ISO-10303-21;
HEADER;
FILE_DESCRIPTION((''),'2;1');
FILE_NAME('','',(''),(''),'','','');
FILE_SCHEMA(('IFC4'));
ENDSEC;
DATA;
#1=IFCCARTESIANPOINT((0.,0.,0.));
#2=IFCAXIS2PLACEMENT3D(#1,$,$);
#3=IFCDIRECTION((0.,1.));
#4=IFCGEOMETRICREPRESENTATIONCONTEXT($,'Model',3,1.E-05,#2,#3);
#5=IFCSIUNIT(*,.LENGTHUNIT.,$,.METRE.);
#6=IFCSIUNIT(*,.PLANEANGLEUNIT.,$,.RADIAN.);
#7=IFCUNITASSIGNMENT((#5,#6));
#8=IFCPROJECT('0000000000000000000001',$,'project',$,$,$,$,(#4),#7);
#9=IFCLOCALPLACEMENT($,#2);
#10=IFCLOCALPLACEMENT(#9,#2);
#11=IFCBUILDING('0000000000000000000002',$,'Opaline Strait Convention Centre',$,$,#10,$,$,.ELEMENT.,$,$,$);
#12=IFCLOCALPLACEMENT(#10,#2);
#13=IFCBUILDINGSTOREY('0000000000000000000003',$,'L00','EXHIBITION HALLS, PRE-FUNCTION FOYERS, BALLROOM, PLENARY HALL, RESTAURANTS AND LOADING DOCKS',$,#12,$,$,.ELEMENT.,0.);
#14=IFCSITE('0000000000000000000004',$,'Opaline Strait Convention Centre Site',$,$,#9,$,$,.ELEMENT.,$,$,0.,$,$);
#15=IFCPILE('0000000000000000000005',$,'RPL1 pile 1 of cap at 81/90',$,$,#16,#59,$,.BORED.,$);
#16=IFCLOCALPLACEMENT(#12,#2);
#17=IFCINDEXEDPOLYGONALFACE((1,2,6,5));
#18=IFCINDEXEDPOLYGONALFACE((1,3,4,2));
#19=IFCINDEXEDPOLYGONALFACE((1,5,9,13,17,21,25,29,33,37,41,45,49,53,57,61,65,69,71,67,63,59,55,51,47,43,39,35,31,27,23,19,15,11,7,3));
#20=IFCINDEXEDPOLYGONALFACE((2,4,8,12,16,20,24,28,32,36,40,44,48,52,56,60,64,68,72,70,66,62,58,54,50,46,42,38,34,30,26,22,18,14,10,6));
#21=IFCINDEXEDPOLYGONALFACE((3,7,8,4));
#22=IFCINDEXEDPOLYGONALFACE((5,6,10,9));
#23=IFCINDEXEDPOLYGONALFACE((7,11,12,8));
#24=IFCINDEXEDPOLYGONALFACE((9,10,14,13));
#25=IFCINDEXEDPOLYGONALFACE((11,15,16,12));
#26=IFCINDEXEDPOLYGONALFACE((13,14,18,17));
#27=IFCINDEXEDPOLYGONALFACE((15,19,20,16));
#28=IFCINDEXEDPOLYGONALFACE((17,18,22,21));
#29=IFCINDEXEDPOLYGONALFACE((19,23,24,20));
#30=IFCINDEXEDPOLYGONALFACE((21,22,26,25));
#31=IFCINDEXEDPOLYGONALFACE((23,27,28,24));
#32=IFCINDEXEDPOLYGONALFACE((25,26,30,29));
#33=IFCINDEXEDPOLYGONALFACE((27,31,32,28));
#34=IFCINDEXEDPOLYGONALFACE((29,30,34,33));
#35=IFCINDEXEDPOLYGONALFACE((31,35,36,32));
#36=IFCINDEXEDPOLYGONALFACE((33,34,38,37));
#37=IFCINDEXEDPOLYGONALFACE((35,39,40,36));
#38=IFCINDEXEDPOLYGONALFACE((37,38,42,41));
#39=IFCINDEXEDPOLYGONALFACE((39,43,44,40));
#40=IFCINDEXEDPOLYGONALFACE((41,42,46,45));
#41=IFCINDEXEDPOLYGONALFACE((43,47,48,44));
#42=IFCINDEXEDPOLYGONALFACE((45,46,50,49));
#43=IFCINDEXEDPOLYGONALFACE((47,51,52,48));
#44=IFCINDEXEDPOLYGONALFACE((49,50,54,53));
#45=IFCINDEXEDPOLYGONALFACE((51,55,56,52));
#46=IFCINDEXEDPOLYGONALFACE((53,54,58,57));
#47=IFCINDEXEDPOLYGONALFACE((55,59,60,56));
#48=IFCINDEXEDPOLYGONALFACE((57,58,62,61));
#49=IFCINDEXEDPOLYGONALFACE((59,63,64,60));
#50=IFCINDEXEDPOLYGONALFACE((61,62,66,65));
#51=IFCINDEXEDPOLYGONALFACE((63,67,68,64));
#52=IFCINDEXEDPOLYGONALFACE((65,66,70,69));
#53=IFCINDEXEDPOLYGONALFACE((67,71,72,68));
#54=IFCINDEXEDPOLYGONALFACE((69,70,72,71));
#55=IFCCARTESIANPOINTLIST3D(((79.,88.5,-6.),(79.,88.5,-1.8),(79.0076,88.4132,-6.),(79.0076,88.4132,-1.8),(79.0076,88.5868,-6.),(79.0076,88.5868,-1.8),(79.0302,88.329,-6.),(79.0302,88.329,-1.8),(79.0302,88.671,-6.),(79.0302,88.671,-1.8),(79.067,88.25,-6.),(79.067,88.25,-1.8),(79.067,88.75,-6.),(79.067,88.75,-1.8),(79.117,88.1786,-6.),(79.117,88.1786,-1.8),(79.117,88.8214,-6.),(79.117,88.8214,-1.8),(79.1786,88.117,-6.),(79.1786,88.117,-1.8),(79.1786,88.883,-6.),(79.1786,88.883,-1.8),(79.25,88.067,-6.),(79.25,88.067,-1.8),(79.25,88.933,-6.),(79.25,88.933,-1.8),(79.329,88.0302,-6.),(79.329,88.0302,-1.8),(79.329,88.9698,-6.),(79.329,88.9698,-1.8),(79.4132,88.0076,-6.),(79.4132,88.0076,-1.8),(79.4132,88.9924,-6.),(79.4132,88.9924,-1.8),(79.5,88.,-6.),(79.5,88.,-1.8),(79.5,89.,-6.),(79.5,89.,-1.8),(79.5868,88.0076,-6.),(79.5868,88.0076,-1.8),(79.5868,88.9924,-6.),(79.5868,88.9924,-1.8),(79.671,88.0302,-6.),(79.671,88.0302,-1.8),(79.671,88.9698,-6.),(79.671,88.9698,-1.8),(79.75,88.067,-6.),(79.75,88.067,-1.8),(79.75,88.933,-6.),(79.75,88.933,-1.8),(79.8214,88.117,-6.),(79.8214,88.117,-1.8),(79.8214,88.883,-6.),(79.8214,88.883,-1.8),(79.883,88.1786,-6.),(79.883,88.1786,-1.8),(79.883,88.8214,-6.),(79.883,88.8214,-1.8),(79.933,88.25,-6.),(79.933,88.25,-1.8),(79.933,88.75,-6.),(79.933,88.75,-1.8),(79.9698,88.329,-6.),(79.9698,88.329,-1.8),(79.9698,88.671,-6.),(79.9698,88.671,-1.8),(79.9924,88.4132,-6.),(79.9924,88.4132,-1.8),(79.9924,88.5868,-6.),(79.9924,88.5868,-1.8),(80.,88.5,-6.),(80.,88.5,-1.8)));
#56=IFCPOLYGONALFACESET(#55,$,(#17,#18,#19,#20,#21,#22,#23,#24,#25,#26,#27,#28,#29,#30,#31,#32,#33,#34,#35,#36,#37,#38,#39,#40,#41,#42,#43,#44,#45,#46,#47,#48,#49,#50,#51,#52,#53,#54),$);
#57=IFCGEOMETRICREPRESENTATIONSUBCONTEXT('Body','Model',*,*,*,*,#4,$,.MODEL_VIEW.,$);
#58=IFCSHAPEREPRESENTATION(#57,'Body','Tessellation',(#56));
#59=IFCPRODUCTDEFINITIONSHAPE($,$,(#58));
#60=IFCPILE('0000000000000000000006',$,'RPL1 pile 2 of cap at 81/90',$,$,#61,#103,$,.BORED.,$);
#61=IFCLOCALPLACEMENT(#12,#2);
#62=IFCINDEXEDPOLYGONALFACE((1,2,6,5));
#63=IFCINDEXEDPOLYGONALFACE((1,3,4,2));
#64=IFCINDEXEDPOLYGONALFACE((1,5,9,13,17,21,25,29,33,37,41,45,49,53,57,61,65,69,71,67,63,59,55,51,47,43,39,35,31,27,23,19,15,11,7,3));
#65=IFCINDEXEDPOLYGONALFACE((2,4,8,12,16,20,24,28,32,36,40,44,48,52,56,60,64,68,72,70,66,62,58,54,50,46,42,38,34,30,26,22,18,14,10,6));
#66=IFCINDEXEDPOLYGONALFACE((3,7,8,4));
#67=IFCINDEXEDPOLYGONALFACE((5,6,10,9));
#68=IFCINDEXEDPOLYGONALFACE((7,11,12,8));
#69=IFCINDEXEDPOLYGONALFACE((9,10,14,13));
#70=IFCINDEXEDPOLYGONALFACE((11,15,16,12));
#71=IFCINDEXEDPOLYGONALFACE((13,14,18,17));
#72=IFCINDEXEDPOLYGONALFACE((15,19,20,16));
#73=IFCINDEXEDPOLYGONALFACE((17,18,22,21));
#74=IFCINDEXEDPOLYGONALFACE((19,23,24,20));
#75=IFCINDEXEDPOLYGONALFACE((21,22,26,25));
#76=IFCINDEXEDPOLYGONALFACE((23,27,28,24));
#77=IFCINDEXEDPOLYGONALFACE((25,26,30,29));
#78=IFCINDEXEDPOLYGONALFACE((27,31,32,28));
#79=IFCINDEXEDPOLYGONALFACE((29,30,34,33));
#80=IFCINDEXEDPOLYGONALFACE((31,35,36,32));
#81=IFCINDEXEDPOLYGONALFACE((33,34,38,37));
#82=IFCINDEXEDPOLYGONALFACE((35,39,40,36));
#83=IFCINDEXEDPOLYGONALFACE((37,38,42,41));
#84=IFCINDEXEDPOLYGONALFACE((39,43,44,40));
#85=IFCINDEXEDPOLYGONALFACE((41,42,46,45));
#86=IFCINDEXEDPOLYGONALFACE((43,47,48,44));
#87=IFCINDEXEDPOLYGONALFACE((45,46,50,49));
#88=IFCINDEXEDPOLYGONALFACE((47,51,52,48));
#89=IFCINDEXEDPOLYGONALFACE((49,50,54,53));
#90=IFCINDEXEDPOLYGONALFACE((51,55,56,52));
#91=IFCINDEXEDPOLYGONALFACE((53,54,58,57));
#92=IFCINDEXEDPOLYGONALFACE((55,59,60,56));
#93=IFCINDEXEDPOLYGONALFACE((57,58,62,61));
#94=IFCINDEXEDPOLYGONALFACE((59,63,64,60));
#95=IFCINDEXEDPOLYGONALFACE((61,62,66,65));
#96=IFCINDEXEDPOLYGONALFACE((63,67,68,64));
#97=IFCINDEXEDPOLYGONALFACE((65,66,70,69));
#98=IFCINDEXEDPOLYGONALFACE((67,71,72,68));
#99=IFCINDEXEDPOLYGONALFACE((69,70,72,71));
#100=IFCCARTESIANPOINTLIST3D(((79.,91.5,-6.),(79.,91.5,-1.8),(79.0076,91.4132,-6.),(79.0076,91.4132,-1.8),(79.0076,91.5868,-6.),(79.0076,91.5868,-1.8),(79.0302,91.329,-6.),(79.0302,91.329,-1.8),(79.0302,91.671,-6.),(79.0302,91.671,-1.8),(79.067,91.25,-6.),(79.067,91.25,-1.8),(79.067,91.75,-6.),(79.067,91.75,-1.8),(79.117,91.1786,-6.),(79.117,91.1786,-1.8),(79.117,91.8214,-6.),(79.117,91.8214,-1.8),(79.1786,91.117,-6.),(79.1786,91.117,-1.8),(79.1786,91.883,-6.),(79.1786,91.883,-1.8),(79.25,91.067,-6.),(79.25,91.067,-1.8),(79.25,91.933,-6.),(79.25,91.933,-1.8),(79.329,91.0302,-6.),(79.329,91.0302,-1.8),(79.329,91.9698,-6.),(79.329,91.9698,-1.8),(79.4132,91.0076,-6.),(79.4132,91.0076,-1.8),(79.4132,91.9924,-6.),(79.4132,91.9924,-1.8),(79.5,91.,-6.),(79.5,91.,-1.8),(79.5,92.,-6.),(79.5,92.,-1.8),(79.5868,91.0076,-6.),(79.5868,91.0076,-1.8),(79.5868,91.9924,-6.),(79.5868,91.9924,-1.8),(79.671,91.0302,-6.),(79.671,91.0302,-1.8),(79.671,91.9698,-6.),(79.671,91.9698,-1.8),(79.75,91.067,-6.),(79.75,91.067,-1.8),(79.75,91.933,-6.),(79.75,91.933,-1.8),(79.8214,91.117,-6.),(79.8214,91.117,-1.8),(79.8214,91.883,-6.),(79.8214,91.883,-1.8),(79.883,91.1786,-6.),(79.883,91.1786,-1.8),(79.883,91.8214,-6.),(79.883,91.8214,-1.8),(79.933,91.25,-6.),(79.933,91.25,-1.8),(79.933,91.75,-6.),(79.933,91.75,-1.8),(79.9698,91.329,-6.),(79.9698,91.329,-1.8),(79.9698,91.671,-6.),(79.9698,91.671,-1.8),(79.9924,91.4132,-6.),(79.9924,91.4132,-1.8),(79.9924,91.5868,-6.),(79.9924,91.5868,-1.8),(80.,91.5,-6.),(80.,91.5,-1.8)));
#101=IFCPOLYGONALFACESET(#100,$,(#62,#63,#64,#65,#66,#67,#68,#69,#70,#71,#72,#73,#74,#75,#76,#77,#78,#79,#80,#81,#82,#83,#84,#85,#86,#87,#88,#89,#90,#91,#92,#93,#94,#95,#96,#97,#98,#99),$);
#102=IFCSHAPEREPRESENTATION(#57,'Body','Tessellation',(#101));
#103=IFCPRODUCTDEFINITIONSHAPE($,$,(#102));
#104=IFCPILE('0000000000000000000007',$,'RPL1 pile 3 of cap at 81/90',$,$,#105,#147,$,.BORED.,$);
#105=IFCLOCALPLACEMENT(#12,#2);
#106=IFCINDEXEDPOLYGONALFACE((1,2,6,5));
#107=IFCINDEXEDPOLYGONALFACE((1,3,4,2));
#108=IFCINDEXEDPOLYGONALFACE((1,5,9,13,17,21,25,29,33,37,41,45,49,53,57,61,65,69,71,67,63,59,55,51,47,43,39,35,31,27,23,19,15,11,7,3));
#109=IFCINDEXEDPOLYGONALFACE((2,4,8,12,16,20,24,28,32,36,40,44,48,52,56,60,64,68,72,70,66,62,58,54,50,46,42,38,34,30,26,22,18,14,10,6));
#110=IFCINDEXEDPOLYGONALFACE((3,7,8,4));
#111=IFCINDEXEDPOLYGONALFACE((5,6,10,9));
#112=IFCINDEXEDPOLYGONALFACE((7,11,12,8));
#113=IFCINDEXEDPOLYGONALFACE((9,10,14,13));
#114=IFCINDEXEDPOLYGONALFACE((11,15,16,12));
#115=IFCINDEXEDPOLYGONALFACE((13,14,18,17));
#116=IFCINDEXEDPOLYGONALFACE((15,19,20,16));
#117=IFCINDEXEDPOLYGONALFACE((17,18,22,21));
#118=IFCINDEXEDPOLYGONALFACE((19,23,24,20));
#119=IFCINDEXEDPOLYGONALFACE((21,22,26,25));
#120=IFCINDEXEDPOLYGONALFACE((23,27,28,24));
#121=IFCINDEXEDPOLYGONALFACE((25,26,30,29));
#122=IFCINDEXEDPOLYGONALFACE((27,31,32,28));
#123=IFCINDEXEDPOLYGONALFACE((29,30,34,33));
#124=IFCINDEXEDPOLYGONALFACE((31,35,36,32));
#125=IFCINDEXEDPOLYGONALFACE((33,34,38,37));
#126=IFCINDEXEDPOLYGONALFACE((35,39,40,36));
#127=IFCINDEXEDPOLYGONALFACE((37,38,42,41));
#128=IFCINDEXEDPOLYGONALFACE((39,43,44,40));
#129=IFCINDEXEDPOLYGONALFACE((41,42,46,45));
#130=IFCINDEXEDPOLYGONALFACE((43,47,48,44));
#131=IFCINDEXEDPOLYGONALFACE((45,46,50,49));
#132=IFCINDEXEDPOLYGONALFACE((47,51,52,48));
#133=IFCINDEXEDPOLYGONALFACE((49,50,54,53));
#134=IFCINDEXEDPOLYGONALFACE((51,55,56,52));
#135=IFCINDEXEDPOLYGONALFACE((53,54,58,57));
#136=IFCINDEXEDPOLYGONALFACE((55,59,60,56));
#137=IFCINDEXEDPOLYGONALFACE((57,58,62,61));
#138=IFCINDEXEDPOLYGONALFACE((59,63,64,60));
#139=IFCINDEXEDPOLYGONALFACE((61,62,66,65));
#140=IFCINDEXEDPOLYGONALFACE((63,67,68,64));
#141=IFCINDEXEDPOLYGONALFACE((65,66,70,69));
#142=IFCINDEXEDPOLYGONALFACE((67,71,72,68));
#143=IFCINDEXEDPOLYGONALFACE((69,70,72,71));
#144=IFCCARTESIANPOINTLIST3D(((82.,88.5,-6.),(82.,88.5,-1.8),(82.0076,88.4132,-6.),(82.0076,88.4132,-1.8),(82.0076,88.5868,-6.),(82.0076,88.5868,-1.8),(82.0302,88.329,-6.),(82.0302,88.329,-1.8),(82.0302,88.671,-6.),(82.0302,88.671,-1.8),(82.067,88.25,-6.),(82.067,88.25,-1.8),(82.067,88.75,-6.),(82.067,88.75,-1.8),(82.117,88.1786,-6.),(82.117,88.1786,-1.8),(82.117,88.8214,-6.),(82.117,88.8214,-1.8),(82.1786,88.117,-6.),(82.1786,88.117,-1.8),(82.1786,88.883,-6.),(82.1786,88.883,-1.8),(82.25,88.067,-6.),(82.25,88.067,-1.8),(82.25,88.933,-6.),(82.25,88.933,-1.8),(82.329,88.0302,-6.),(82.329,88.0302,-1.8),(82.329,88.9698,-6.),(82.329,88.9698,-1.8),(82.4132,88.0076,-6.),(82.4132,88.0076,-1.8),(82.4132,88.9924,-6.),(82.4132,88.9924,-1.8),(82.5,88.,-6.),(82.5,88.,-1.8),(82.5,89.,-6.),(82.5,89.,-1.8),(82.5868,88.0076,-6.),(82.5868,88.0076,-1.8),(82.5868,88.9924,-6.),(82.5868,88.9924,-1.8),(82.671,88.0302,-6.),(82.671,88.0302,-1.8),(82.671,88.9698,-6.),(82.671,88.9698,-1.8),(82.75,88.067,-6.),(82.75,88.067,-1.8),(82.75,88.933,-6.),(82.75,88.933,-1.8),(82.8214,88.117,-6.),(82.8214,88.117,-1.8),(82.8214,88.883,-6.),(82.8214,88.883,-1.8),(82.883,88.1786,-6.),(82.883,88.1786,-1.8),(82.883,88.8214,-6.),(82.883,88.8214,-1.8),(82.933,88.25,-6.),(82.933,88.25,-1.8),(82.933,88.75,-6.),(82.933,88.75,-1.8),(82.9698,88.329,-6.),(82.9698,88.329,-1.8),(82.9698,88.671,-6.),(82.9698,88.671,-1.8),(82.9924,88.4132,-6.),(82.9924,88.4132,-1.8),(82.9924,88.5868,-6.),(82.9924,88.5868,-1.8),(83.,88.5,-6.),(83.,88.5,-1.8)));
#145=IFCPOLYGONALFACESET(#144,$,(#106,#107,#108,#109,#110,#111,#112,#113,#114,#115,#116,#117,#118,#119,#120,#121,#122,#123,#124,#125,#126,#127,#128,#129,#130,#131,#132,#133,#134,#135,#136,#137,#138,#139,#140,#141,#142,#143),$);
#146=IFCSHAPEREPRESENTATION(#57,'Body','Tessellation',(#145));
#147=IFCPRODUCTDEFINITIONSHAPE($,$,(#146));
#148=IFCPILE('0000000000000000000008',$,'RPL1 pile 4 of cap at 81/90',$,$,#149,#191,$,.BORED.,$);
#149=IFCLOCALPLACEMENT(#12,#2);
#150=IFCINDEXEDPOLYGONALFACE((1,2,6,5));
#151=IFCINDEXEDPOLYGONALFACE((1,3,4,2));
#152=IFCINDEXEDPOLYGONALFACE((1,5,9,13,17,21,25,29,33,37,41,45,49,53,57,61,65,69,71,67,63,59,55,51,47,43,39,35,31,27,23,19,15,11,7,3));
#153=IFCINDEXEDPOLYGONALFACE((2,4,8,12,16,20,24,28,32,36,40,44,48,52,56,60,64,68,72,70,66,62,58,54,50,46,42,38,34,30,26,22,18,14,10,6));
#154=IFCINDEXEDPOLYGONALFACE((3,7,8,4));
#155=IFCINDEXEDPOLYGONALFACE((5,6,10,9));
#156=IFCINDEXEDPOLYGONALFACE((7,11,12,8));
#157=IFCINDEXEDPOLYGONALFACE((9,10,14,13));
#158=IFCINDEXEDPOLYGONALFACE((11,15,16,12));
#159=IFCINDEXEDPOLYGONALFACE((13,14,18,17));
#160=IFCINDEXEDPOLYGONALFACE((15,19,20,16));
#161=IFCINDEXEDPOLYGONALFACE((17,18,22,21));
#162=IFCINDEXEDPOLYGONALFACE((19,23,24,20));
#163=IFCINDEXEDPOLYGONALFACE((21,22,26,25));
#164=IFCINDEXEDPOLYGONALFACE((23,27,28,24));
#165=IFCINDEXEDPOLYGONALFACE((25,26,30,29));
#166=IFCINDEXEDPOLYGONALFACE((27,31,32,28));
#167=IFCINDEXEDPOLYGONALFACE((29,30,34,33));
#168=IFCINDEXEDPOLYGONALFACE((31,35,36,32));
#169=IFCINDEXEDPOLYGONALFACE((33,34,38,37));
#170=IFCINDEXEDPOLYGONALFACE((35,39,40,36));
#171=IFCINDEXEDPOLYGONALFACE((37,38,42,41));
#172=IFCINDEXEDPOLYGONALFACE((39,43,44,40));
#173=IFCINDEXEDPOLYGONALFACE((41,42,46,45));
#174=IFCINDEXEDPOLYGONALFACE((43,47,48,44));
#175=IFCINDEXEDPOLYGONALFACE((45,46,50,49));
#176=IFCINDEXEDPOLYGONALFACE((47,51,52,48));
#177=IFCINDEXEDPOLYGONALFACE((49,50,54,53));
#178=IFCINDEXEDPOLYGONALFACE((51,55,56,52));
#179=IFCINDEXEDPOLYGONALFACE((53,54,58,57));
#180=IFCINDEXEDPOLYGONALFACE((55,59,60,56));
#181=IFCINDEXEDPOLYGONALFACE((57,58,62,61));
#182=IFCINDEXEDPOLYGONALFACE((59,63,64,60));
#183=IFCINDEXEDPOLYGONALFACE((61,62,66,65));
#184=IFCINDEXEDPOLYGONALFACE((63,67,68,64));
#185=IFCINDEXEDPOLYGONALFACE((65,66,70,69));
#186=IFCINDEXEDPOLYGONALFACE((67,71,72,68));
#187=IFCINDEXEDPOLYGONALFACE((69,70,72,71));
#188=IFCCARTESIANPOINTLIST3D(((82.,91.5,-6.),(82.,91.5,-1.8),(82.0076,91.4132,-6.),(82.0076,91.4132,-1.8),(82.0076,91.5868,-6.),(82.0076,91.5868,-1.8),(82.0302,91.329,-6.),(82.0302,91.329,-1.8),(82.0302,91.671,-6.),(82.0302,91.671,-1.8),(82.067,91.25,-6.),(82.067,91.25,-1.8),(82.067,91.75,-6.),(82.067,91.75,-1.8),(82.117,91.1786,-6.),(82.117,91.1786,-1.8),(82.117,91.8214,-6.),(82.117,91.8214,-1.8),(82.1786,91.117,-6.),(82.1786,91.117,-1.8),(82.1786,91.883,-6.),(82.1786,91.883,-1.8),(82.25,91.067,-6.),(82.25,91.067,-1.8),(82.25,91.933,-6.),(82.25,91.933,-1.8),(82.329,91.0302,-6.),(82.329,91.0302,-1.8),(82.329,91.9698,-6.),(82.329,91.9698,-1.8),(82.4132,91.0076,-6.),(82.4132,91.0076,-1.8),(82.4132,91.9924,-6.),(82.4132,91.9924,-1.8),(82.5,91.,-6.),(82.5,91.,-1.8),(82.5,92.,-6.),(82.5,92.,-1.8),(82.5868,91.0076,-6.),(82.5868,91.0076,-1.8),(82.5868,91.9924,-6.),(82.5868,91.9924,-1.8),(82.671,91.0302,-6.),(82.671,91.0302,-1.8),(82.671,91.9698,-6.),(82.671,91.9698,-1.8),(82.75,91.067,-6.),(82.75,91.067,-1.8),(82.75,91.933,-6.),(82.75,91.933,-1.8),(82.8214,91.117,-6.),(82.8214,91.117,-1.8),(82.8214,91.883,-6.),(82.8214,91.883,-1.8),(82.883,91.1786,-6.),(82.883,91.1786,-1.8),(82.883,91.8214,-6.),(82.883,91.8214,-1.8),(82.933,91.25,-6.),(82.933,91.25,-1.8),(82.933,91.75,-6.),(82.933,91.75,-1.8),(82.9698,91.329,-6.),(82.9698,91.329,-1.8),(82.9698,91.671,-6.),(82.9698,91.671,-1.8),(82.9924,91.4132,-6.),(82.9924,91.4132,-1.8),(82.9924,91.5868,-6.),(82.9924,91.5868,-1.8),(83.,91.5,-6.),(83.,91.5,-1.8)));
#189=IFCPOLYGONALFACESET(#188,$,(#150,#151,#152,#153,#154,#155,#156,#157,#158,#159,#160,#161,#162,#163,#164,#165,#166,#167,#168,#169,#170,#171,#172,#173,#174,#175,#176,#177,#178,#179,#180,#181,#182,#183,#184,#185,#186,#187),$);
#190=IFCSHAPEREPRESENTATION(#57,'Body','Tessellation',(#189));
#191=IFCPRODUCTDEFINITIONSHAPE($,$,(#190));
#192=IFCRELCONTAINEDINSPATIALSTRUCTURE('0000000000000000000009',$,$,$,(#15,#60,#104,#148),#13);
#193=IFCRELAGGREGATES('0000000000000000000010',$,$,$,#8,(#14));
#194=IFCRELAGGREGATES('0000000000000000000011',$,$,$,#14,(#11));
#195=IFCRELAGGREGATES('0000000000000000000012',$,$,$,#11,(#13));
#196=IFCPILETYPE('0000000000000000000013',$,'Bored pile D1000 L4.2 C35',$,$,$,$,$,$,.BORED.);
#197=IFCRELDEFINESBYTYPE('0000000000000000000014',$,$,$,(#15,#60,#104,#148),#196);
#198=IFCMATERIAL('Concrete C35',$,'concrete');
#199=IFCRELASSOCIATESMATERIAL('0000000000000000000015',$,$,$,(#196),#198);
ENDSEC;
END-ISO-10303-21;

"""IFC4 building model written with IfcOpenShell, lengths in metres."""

from ifc_helpers import new_model, si_unit, direction, frame, origin, origin_2d, place, context, subcontext, project, spatial, circle, extrude, material, material_profile, profile_set, type_object, element, save


model = new_model("IFC4")

# Units and contexts
model_context = context("Model", 3, precision=1e-05, world=origin(), true_north=direction((0.0, 1.0)))
body_context = subcontext(model_context, "Body", "Model", "MODEL_VIEW")
ifc_project = project(units=[si_unit("LENGTHUNIT", "METRE"), si_unit("PLANEANGLEUNIT", "RADIAN")], contexts=[model_context])

# Site, building, storey
site_placement = place(None, origin())
site = spatial("IfcSite", under=ifc_project, at=site_placement, Name="Opaline Strait Convention Centre Site", CompositionType="ELEMENT", RefElevation=0.0)
building_placement = place(site_placement, origin())
building = spatial("IfcBuilding", under=site, at=building_placement, Name="Opaline Strait Convention Centre", CompositionType="ELEMENT")
storey_placement = place(building_placement, origin())
storey = spatial("IfcBuildingStorey", under=building, at=storey_placement, Name="L00", Description="EXHIBITION HALLS, PRE-FUNCTION FOYERS, BALLROOM, PLENARY HALL, RESTAURANTS AND LOADING DOCKS", CompositionType="ELEMENT", Elevation=0.0)

# Piles
ifc_material_1 = material(Name="Concrete C35", Category="concrete")
ifc_material_profile_1 = material_profile(ifc_material_1, circle(Radius=0.5, at=origin_2d()), Name="D1000")
ifc_profile_set_1 = profile_set([ifc_material_profile_1], Name="Concrete C35")
pile_type = type_object("IfcPileType", Name="Bored pile D1000 L4.2 C35", PredefinedType="BORED", material=ifc_profile_set_1)
for number, where, z_axis, x_axis, name in (
    (1, (79.5, 88.5, -1.8), (0.0, 0.0, -1.0), (1.0, 0.0, 0.0), "RPL1 pile 1 of cap at 81/90"),
    (2, (79.5, 91.5, -1.8), (0.0, 0.0, -1.0), (1.0, 0.0, 0.0), "RPL1 pile 2 of cap at 81/90"),
    (3, (82.5, 88.5, -1.8), (0.0, 0.0, -1.0), (1.0, 0.0, 0.0), "RPL1 pile 3 of cap at 81/90"),
    (4, (82.5, 91.5, -1.8), (0.0, 0.0, -1.0), (1.0, 0.0, 0.0), "RPL1 pile 4 of cap at 81/90"),
):
    element("IfcPile", number, at=place(storey_placement, frame(where, z_axis=z_axis, x_axis=x_axis)), inside=storey, type_object=pile_type, Name=name, PredefinedType="BORED", context=body_context, shape_type="SweptSolid", body=[
        extrude(circle(Radius=0.5, at=origin_2d()), origin(), (0.0, 0.0, 1.0), 4.2),
    ])

save(model, "model.ifc")
